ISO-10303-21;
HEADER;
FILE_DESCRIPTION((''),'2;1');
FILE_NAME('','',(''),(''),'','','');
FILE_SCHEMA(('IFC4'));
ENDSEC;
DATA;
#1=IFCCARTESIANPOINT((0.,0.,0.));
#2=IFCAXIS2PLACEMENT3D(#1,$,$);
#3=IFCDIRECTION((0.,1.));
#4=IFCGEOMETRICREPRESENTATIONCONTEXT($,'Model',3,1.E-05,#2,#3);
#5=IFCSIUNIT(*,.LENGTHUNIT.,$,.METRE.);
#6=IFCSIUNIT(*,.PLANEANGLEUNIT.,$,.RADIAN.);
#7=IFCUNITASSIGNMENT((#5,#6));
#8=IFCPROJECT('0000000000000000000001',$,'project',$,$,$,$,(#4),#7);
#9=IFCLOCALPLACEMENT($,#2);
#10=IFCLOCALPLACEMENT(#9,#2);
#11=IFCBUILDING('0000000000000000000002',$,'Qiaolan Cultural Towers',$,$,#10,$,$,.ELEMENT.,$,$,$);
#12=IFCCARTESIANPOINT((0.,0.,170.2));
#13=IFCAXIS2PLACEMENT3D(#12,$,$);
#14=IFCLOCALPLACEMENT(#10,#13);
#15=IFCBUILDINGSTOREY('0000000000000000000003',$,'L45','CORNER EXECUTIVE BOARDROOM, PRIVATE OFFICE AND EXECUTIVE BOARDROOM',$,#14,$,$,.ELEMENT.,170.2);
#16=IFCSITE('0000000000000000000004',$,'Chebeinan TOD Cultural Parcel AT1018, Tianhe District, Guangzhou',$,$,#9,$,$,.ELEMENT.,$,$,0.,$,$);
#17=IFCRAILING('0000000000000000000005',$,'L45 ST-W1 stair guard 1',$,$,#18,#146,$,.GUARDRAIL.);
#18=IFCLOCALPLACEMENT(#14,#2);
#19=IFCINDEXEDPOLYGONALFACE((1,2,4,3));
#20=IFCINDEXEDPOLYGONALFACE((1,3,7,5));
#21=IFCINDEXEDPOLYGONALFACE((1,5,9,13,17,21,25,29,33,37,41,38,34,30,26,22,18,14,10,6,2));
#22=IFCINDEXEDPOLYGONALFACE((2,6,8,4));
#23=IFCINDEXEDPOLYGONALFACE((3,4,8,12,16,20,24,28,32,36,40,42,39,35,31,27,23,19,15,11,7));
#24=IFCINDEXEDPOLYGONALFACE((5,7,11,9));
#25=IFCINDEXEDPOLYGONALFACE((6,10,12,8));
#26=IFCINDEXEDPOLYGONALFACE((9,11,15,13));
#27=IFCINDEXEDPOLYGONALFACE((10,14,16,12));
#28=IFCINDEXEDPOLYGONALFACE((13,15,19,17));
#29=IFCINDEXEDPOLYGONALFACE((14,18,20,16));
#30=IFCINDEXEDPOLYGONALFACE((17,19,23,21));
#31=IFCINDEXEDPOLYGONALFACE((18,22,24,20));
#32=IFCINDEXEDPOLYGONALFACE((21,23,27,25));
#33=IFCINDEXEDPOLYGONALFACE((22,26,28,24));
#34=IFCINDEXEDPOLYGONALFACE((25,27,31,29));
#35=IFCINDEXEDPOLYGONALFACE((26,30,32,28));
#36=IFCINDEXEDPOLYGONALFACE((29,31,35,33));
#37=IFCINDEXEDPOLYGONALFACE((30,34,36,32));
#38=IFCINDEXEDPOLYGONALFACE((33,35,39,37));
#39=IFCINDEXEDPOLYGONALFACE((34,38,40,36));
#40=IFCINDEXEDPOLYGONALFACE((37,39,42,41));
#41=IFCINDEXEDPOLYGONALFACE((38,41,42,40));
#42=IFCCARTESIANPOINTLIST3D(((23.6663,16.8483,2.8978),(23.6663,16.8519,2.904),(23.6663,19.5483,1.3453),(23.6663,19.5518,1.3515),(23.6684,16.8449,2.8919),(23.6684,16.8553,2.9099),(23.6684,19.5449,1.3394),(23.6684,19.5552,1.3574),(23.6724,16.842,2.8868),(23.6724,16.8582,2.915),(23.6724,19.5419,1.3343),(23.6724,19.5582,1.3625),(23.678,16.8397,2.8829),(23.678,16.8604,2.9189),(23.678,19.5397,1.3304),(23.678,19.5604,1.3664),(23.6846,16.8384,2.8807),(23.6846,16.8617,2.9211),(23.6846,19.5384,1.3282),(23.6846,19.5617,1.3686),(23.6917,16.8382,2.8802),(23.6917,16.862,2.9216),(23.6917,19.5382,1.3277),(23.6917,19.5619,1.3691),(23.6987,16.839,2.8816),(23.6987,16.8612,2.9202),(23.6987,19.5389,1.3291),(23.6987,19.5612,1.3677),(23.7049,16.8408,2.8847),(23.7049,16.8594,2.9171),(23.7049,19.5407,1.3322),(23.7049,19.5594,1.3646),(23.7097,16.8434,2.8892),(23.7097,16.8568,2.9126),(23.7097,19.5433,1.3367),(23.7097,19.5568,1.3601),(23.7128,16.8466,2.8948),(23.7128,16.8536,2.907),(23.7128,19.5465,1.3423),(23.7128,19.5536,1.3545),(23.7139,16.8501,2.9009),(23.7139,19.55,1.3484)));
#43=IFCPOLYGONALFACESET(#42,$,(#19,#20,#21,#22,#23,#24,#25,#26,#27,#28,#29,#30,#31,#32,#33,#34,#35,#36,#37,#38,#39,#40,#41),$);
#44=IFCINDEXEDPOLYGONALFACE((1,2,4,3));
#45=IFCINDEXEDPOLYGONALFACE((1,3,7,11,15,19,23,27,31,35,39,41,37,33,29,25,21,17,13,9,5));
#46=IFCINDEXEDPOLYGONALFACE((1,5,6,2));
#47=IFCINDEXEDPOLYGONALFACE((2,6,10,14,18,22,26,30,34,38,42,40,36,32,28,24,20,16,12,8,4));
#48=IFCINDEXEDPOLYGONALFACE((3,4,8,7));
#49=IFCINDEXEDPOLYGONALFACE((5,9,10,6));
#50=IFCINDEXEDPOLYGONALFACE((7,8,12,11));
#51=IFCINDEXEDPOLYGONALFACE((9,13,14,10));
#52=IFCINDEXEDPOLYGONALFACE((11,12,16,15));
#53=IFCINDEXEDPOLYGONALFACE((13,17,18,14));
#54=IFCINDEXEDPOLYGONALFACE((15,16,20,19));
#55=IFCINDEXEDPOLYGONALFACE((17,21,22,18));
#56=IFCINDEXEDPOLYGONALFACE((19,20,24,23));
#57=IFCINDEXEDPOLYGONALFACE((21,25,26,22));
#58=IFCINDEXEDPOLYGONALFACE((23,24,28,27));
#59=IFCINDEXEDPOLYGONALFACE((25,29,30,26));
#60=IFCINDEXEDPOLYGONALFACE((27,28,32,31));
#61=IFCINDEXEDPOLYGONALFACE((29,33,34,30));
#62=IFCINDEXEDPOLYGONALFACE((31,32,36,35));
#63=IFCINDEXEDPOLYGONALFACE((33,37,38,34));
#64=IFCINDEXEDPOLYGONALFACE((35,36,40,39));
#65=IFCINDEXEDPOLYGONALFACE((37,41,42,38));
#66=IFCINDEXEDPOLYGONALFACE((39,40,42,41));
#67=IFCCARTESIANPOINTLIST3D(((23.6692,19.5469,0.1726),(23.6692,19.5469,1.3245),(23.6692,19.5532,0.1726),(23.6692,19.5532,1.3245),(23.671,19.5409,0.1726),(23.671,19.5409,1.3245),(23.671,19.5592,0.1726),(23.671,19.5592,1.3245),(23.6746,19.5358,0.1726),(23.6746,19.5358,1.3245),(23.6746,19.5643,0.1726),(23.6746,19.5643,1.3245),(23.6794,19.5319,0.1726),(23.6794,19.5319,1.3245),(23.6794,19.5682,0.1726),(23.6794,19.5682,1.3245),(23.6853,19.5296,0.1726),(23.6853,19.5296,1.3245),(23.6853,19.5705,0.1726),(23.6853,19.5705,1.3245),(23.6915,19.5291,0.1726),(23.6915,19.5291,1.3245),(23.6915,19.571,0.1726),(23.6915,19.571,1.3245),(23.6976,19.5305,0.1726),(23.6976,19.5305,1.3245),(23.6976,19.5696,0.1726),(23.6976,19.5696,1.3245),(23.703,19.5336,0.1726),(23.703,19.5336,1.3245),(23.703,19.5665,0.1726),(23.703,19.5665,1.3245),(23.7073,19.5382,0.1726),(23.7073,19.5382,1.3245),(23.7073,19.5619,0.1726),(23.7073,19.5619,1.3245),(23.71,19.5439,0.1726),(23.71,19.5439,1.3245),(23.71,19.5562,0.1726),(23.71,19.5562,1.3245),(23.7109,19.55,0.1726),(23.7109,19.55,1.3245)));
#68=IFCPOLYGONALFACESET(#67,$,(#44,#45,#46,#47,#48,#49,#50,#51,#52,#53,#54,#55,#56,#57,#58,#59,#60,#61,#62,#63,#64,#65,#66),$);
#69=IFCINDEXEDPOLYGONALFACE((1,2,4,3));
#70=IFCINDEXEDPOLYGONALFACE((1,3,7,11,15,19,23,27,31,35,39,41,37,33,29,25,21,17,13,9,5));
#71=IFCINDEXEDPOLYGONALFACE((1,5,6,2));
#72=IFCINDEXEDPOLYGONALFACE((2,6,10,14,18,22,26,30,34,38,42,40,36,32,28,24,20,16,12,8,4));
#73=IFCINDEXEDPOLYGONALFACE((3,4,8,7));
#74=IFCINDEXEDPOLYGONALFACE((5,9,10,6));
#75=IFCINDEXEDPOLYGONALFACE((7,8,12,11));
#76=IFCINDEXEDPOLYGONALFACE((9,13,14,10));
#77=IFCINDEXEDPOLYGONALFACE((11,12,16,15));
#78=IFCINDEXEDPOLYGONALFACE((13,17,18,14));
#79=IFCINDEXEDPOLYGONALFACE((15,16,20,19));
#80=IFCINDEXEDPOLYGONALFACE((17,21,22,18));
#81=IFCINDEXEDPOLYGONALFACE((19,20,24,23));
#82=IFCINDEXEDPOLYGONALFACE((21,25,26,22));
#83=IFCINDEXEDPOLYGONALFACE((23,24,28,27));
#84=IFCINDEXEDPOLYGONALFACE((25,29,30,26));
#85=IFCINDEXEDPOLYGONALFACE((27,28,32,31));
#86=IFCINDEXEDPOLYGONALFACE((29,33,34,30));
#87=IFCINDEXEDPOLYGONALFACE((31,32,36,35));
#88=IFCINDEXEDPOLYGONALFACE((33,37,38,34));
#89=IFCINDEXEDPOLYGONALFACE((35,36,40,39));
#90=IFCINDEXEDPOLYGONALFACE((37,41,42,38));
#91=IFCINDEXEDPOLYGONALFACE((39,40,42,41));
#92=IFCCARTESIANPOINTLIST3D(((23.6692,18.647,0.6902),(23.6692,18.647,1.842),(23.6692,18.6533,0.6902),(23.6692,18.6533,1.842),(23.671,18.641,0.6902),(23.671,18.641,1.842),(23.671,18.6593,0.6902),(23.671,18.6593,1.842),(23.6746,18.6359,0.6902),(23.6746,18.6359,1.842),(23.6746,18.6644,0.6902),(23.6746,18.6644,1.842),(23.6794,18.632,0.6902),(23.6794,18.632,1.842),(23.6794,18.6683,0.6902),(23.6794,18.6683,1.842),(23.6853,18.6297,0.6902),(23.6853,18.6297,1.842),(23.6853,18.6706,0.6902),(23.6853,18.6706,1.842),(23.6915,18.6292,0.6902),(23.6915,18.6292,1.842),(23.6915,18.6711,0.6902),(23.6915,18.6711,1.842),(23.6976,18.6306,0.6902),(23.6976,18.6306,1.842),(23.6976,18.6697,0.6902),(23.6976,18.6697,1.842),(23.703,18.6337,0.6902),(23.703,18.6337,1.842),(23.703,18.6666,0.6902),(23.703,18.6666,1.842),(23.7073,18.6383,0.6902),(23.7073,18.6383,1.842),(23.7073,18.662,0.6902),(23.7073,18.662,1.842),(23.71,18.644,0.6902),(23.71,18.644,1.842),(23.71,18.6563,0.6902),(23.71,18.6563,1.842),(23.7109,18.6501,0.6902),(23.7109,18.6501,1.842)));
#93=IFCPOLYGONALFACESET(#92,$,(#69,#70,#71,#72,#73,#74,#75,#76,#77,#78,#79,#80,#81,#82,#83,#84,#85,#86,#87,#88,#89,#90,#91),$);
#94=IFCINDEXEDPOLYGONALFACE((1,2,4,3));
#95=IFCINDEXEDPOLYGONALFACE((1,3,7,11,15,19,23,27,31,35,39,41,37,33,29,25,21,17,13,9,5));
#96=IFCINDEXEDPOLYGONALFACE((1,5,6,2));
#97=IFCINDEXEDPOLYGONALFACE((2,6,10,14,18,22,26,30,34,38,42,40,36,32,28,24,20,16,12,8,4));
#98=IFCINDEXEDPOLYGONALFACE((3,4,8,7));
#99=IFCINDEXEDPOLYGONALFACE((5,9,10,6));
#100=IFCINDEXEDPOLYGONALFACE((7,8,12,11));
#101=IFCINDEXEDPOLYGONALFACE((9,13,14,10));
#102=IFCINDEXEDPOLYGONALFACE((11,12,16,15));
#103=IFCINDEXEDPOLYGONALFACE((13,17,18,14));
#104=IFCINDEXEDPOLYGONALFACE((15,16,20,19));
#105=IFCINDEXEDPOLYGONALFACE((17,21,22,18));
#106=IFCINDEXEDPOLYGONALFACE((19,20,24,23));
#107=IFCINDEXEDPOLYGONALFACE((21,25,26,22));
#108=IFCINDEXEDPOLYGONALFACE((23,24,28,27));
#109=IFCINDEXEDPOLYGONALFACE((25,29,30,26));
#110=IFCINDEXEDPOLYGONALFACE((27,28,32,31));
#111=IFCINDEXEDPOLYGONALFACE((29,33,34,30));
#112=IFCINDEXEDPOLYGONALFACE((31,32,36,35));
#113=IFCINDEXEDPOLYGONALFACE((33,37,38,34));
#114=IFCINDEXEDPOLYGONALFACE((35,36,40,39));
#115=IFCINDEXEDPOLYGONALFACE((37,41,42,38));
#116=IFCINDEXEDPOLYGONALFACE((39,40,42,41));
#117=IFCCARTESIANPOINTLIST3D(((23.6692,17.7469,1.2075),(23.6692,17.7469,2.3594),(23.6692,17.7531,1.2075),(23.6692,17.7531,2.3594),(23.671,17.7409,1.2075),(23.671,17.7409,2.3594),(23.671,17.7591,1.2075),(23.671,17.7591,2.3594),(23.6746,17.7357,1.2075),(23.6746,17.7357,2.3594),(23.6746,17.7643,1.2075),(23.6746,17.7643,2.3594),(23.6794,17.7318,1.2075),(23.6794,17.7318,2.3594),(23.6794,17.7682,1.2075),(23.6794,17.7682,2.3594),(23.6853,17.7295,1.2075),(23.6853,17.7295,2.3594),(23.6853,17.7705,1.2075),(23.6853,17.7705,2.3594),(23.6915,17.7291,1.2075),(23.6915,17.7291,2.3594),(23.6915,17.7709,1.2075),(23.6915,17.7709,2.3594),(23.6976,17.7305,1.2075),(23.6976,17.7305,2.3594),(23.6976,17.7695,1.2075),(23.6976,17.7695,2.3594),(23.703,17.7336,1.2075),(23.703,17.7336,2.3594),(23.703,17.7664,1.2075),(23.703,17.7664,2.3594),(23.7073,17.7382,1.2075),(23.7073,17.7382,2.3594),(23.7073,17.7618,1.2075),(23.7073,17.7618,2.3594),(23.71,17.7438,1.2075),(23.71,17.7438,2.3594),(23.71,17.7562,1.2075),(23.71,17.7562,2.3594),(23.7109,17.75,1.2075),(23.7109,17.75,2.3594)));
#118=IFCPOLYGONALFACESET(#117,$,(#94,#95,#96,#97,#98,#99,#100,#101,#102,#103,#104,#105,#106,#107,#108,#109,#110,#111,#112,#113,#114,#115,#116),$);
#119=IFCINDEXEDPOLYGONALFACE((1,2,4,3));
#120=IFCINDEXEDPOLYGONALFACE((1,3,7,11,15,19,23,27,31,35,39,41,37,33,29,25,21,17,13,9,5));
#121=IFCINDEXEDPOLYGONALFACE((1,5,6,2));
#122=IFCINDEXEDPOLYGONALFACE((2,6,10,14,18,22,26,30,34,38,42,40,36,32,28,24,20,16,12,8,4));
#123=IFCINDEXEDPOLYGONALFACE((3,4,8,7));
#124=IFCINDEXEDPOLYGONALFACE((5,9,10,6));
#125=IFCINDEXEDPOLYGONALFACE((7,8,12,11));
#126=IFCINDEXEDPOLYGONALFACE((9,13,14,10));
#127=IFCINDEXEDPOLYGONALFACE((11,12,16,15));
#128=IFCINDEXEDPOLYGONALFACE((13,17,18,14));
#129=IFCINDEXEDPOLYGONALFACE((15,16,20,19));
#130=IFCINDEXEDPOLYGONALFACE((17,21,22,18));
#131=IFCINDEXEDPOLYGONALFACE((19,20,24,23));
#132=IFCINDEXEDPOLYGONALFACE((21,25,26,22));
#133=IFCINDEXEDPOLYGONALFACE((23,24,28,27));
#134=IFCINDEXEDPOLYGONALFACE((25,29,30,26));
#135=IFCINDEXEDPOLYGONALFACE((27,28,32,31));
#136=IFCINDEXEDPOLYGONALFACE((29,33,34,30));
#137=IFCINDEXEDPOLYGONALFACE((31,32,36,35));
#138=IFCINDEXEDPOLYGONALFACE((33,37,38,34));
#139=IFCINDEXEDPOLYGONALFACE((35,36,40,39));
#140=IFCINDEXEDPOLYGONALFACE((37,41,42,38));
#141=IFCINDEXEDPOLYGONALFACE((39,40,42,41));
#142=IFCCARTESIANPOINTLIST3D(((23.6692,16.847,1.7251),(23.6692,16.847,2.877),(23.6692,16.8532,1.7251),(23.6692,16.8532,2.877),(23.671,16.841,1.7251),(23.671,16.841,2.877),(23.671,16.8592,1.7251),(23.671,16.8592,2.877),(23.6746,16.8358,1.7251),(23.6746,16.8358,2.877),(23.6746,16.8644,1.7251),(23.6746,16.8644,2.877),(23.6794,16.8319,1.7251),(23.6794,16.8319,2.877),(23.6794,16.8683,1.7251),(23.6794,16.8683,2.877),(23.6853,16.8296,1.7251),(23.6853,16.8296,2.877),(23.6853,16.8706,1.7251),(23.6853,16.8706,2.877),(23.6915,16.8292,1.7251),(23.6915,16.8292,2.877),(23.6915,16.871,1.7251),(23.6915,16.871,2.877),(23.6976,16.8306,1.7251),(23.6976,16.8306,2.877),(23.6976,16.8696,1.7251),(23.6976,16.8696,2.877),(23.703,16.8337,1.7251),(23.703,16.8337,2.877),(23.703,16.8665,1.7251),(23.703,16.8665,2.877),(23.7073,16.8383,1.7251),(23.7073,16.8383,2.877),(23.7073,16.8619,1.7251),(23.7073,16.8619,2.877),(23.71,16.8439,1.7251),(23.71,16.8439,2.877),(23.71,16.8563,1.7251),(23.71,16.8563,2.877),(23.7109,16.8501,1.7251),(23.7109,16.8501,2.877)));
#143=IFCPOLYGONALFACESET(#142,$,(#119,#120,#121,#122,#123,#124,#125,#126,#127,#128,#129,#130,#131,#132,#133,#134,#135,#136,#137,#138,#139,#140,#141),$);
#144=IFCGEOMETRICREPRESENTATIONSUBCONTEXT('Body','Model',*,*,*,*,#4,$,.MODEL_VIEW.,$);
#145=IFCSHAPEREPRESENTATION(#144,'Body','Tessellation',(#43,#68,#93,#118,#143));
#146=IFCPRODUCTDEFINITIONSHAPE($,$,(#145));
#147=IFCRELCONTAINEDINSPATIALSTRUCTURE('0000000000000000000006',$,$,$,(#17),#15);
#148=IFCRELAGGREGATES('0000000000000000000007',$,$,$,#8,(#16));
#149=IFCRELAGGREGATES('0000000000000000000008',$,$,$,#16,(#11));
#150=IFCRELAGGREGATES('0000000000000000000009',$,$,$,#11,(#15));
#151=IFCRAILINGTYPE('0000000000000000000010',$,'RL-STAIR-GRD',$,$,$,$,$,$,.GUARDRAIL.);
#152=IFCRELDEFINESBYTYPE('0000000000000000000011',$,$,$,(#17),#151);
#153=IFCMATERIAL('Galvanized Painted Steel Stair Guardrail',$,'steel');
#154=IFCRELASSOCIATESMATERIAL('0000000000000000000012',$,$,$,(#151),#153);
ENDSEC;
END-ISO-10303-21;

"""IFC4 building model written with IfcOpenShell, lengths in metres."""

from ifc_helpers import new_model, si_unit, direction, frame, origin, origin_2d, place, context, subcontext, project, spatial, circle, extrude, material, type_object, element, save


model = new_model("IFC4")

# Units and contexts
model_context = context("Model", 3, precision=1e-05, world=origin(), true_north=direction((0.0, 1.0)))
body_context = subcontext(model_context, "Body", "Model", "MODEL_VIEW")
ifc_project = project(units=[si_unit("LENGTHUNIT", "METRE"), si_unit("PLANEANGLEUNIT", "RADIAN")], contexts=[model_context])

# Site, building, storey
site_placement = place(None, origin())
site = spatial("IfcSite", under=ifc_project, at=site_placement, Name="Chebeinan TOD Cultural Parcel AT1018, Tianhe District, Guangzhou", CompositionType="ELEMENT", RefElevation=0.0)
building_placement = place(site_placement, origin())
building = spatial("IfcBuilding", under=site, at=building_placement, Name="Qiaolan Cultural Towers", CompositionType="ELEMENT")
storey_placement = place(building_placement, frame((0.0, 0.0, 170.2)))
storey = spatial("IfcBuildingStorey", under=building, at=storey_placement, Name="L45", Description="CORNER EXECUTIVE BOARDROOM, PRIVATE OFFICE AND EXECUTIVE BOARDROOM", CompositionType="ELEMENT", Elevation=170.2)

# Railing
ifc_material_1 = material(Name="Galvanized Painted Steel Stair Guardrail", Category="steel")
railing_type_1 = type_object("IfcRailingType", Name="RL-STAIR-GRD", PredefinedType="GUARDRAIL", material=ifc_material_1)
railing_1_placement = place(storey_placement, frame((23.6899, 19.55, 0.1726)))
element("IfcRailing", 1, at=railing_1_placement, inside=storey, type_object=railing_type_1, Name="L45 ST-W1 stair guard 1", PredefinedType="GUARDRAIL", context=body_context, shape_type="SweptSolid", body=[
    extrude(circle(Radius=0.0239, at=origin_2d()), frame((0.0, 0.0, 1.1758), z_axis=(0.0, -0.866904, 0.498476), x_axis=(1.0, 0.0, 0.0)), (0.0, 0.0, 1.0), 3.1145),
    extrude(circle(Radius=0.021, at=origin_2d()), origin(), (0.0, 0.0, 1.0), 1.1519),
    extrude(circle(Radius=0.021, at=origin_2d()), frame((0.0, -0.8999, 0.5176)), (0.0, 0.0, 1.0), 1.1519),
    extrude(circle(Radius=0.021, at=origin_2d()), frame((0.0, -1.8, 1.0349)), (0.0, 0.0, 1.0), 1.1519),
    extrude(circle(Radius=0.021, at=origin_2d()), frame((0.0, -2.7, 1.5525)), (0.0, 0.0, 1.0), 1.1519),
])

save(model, "model.ifc")
